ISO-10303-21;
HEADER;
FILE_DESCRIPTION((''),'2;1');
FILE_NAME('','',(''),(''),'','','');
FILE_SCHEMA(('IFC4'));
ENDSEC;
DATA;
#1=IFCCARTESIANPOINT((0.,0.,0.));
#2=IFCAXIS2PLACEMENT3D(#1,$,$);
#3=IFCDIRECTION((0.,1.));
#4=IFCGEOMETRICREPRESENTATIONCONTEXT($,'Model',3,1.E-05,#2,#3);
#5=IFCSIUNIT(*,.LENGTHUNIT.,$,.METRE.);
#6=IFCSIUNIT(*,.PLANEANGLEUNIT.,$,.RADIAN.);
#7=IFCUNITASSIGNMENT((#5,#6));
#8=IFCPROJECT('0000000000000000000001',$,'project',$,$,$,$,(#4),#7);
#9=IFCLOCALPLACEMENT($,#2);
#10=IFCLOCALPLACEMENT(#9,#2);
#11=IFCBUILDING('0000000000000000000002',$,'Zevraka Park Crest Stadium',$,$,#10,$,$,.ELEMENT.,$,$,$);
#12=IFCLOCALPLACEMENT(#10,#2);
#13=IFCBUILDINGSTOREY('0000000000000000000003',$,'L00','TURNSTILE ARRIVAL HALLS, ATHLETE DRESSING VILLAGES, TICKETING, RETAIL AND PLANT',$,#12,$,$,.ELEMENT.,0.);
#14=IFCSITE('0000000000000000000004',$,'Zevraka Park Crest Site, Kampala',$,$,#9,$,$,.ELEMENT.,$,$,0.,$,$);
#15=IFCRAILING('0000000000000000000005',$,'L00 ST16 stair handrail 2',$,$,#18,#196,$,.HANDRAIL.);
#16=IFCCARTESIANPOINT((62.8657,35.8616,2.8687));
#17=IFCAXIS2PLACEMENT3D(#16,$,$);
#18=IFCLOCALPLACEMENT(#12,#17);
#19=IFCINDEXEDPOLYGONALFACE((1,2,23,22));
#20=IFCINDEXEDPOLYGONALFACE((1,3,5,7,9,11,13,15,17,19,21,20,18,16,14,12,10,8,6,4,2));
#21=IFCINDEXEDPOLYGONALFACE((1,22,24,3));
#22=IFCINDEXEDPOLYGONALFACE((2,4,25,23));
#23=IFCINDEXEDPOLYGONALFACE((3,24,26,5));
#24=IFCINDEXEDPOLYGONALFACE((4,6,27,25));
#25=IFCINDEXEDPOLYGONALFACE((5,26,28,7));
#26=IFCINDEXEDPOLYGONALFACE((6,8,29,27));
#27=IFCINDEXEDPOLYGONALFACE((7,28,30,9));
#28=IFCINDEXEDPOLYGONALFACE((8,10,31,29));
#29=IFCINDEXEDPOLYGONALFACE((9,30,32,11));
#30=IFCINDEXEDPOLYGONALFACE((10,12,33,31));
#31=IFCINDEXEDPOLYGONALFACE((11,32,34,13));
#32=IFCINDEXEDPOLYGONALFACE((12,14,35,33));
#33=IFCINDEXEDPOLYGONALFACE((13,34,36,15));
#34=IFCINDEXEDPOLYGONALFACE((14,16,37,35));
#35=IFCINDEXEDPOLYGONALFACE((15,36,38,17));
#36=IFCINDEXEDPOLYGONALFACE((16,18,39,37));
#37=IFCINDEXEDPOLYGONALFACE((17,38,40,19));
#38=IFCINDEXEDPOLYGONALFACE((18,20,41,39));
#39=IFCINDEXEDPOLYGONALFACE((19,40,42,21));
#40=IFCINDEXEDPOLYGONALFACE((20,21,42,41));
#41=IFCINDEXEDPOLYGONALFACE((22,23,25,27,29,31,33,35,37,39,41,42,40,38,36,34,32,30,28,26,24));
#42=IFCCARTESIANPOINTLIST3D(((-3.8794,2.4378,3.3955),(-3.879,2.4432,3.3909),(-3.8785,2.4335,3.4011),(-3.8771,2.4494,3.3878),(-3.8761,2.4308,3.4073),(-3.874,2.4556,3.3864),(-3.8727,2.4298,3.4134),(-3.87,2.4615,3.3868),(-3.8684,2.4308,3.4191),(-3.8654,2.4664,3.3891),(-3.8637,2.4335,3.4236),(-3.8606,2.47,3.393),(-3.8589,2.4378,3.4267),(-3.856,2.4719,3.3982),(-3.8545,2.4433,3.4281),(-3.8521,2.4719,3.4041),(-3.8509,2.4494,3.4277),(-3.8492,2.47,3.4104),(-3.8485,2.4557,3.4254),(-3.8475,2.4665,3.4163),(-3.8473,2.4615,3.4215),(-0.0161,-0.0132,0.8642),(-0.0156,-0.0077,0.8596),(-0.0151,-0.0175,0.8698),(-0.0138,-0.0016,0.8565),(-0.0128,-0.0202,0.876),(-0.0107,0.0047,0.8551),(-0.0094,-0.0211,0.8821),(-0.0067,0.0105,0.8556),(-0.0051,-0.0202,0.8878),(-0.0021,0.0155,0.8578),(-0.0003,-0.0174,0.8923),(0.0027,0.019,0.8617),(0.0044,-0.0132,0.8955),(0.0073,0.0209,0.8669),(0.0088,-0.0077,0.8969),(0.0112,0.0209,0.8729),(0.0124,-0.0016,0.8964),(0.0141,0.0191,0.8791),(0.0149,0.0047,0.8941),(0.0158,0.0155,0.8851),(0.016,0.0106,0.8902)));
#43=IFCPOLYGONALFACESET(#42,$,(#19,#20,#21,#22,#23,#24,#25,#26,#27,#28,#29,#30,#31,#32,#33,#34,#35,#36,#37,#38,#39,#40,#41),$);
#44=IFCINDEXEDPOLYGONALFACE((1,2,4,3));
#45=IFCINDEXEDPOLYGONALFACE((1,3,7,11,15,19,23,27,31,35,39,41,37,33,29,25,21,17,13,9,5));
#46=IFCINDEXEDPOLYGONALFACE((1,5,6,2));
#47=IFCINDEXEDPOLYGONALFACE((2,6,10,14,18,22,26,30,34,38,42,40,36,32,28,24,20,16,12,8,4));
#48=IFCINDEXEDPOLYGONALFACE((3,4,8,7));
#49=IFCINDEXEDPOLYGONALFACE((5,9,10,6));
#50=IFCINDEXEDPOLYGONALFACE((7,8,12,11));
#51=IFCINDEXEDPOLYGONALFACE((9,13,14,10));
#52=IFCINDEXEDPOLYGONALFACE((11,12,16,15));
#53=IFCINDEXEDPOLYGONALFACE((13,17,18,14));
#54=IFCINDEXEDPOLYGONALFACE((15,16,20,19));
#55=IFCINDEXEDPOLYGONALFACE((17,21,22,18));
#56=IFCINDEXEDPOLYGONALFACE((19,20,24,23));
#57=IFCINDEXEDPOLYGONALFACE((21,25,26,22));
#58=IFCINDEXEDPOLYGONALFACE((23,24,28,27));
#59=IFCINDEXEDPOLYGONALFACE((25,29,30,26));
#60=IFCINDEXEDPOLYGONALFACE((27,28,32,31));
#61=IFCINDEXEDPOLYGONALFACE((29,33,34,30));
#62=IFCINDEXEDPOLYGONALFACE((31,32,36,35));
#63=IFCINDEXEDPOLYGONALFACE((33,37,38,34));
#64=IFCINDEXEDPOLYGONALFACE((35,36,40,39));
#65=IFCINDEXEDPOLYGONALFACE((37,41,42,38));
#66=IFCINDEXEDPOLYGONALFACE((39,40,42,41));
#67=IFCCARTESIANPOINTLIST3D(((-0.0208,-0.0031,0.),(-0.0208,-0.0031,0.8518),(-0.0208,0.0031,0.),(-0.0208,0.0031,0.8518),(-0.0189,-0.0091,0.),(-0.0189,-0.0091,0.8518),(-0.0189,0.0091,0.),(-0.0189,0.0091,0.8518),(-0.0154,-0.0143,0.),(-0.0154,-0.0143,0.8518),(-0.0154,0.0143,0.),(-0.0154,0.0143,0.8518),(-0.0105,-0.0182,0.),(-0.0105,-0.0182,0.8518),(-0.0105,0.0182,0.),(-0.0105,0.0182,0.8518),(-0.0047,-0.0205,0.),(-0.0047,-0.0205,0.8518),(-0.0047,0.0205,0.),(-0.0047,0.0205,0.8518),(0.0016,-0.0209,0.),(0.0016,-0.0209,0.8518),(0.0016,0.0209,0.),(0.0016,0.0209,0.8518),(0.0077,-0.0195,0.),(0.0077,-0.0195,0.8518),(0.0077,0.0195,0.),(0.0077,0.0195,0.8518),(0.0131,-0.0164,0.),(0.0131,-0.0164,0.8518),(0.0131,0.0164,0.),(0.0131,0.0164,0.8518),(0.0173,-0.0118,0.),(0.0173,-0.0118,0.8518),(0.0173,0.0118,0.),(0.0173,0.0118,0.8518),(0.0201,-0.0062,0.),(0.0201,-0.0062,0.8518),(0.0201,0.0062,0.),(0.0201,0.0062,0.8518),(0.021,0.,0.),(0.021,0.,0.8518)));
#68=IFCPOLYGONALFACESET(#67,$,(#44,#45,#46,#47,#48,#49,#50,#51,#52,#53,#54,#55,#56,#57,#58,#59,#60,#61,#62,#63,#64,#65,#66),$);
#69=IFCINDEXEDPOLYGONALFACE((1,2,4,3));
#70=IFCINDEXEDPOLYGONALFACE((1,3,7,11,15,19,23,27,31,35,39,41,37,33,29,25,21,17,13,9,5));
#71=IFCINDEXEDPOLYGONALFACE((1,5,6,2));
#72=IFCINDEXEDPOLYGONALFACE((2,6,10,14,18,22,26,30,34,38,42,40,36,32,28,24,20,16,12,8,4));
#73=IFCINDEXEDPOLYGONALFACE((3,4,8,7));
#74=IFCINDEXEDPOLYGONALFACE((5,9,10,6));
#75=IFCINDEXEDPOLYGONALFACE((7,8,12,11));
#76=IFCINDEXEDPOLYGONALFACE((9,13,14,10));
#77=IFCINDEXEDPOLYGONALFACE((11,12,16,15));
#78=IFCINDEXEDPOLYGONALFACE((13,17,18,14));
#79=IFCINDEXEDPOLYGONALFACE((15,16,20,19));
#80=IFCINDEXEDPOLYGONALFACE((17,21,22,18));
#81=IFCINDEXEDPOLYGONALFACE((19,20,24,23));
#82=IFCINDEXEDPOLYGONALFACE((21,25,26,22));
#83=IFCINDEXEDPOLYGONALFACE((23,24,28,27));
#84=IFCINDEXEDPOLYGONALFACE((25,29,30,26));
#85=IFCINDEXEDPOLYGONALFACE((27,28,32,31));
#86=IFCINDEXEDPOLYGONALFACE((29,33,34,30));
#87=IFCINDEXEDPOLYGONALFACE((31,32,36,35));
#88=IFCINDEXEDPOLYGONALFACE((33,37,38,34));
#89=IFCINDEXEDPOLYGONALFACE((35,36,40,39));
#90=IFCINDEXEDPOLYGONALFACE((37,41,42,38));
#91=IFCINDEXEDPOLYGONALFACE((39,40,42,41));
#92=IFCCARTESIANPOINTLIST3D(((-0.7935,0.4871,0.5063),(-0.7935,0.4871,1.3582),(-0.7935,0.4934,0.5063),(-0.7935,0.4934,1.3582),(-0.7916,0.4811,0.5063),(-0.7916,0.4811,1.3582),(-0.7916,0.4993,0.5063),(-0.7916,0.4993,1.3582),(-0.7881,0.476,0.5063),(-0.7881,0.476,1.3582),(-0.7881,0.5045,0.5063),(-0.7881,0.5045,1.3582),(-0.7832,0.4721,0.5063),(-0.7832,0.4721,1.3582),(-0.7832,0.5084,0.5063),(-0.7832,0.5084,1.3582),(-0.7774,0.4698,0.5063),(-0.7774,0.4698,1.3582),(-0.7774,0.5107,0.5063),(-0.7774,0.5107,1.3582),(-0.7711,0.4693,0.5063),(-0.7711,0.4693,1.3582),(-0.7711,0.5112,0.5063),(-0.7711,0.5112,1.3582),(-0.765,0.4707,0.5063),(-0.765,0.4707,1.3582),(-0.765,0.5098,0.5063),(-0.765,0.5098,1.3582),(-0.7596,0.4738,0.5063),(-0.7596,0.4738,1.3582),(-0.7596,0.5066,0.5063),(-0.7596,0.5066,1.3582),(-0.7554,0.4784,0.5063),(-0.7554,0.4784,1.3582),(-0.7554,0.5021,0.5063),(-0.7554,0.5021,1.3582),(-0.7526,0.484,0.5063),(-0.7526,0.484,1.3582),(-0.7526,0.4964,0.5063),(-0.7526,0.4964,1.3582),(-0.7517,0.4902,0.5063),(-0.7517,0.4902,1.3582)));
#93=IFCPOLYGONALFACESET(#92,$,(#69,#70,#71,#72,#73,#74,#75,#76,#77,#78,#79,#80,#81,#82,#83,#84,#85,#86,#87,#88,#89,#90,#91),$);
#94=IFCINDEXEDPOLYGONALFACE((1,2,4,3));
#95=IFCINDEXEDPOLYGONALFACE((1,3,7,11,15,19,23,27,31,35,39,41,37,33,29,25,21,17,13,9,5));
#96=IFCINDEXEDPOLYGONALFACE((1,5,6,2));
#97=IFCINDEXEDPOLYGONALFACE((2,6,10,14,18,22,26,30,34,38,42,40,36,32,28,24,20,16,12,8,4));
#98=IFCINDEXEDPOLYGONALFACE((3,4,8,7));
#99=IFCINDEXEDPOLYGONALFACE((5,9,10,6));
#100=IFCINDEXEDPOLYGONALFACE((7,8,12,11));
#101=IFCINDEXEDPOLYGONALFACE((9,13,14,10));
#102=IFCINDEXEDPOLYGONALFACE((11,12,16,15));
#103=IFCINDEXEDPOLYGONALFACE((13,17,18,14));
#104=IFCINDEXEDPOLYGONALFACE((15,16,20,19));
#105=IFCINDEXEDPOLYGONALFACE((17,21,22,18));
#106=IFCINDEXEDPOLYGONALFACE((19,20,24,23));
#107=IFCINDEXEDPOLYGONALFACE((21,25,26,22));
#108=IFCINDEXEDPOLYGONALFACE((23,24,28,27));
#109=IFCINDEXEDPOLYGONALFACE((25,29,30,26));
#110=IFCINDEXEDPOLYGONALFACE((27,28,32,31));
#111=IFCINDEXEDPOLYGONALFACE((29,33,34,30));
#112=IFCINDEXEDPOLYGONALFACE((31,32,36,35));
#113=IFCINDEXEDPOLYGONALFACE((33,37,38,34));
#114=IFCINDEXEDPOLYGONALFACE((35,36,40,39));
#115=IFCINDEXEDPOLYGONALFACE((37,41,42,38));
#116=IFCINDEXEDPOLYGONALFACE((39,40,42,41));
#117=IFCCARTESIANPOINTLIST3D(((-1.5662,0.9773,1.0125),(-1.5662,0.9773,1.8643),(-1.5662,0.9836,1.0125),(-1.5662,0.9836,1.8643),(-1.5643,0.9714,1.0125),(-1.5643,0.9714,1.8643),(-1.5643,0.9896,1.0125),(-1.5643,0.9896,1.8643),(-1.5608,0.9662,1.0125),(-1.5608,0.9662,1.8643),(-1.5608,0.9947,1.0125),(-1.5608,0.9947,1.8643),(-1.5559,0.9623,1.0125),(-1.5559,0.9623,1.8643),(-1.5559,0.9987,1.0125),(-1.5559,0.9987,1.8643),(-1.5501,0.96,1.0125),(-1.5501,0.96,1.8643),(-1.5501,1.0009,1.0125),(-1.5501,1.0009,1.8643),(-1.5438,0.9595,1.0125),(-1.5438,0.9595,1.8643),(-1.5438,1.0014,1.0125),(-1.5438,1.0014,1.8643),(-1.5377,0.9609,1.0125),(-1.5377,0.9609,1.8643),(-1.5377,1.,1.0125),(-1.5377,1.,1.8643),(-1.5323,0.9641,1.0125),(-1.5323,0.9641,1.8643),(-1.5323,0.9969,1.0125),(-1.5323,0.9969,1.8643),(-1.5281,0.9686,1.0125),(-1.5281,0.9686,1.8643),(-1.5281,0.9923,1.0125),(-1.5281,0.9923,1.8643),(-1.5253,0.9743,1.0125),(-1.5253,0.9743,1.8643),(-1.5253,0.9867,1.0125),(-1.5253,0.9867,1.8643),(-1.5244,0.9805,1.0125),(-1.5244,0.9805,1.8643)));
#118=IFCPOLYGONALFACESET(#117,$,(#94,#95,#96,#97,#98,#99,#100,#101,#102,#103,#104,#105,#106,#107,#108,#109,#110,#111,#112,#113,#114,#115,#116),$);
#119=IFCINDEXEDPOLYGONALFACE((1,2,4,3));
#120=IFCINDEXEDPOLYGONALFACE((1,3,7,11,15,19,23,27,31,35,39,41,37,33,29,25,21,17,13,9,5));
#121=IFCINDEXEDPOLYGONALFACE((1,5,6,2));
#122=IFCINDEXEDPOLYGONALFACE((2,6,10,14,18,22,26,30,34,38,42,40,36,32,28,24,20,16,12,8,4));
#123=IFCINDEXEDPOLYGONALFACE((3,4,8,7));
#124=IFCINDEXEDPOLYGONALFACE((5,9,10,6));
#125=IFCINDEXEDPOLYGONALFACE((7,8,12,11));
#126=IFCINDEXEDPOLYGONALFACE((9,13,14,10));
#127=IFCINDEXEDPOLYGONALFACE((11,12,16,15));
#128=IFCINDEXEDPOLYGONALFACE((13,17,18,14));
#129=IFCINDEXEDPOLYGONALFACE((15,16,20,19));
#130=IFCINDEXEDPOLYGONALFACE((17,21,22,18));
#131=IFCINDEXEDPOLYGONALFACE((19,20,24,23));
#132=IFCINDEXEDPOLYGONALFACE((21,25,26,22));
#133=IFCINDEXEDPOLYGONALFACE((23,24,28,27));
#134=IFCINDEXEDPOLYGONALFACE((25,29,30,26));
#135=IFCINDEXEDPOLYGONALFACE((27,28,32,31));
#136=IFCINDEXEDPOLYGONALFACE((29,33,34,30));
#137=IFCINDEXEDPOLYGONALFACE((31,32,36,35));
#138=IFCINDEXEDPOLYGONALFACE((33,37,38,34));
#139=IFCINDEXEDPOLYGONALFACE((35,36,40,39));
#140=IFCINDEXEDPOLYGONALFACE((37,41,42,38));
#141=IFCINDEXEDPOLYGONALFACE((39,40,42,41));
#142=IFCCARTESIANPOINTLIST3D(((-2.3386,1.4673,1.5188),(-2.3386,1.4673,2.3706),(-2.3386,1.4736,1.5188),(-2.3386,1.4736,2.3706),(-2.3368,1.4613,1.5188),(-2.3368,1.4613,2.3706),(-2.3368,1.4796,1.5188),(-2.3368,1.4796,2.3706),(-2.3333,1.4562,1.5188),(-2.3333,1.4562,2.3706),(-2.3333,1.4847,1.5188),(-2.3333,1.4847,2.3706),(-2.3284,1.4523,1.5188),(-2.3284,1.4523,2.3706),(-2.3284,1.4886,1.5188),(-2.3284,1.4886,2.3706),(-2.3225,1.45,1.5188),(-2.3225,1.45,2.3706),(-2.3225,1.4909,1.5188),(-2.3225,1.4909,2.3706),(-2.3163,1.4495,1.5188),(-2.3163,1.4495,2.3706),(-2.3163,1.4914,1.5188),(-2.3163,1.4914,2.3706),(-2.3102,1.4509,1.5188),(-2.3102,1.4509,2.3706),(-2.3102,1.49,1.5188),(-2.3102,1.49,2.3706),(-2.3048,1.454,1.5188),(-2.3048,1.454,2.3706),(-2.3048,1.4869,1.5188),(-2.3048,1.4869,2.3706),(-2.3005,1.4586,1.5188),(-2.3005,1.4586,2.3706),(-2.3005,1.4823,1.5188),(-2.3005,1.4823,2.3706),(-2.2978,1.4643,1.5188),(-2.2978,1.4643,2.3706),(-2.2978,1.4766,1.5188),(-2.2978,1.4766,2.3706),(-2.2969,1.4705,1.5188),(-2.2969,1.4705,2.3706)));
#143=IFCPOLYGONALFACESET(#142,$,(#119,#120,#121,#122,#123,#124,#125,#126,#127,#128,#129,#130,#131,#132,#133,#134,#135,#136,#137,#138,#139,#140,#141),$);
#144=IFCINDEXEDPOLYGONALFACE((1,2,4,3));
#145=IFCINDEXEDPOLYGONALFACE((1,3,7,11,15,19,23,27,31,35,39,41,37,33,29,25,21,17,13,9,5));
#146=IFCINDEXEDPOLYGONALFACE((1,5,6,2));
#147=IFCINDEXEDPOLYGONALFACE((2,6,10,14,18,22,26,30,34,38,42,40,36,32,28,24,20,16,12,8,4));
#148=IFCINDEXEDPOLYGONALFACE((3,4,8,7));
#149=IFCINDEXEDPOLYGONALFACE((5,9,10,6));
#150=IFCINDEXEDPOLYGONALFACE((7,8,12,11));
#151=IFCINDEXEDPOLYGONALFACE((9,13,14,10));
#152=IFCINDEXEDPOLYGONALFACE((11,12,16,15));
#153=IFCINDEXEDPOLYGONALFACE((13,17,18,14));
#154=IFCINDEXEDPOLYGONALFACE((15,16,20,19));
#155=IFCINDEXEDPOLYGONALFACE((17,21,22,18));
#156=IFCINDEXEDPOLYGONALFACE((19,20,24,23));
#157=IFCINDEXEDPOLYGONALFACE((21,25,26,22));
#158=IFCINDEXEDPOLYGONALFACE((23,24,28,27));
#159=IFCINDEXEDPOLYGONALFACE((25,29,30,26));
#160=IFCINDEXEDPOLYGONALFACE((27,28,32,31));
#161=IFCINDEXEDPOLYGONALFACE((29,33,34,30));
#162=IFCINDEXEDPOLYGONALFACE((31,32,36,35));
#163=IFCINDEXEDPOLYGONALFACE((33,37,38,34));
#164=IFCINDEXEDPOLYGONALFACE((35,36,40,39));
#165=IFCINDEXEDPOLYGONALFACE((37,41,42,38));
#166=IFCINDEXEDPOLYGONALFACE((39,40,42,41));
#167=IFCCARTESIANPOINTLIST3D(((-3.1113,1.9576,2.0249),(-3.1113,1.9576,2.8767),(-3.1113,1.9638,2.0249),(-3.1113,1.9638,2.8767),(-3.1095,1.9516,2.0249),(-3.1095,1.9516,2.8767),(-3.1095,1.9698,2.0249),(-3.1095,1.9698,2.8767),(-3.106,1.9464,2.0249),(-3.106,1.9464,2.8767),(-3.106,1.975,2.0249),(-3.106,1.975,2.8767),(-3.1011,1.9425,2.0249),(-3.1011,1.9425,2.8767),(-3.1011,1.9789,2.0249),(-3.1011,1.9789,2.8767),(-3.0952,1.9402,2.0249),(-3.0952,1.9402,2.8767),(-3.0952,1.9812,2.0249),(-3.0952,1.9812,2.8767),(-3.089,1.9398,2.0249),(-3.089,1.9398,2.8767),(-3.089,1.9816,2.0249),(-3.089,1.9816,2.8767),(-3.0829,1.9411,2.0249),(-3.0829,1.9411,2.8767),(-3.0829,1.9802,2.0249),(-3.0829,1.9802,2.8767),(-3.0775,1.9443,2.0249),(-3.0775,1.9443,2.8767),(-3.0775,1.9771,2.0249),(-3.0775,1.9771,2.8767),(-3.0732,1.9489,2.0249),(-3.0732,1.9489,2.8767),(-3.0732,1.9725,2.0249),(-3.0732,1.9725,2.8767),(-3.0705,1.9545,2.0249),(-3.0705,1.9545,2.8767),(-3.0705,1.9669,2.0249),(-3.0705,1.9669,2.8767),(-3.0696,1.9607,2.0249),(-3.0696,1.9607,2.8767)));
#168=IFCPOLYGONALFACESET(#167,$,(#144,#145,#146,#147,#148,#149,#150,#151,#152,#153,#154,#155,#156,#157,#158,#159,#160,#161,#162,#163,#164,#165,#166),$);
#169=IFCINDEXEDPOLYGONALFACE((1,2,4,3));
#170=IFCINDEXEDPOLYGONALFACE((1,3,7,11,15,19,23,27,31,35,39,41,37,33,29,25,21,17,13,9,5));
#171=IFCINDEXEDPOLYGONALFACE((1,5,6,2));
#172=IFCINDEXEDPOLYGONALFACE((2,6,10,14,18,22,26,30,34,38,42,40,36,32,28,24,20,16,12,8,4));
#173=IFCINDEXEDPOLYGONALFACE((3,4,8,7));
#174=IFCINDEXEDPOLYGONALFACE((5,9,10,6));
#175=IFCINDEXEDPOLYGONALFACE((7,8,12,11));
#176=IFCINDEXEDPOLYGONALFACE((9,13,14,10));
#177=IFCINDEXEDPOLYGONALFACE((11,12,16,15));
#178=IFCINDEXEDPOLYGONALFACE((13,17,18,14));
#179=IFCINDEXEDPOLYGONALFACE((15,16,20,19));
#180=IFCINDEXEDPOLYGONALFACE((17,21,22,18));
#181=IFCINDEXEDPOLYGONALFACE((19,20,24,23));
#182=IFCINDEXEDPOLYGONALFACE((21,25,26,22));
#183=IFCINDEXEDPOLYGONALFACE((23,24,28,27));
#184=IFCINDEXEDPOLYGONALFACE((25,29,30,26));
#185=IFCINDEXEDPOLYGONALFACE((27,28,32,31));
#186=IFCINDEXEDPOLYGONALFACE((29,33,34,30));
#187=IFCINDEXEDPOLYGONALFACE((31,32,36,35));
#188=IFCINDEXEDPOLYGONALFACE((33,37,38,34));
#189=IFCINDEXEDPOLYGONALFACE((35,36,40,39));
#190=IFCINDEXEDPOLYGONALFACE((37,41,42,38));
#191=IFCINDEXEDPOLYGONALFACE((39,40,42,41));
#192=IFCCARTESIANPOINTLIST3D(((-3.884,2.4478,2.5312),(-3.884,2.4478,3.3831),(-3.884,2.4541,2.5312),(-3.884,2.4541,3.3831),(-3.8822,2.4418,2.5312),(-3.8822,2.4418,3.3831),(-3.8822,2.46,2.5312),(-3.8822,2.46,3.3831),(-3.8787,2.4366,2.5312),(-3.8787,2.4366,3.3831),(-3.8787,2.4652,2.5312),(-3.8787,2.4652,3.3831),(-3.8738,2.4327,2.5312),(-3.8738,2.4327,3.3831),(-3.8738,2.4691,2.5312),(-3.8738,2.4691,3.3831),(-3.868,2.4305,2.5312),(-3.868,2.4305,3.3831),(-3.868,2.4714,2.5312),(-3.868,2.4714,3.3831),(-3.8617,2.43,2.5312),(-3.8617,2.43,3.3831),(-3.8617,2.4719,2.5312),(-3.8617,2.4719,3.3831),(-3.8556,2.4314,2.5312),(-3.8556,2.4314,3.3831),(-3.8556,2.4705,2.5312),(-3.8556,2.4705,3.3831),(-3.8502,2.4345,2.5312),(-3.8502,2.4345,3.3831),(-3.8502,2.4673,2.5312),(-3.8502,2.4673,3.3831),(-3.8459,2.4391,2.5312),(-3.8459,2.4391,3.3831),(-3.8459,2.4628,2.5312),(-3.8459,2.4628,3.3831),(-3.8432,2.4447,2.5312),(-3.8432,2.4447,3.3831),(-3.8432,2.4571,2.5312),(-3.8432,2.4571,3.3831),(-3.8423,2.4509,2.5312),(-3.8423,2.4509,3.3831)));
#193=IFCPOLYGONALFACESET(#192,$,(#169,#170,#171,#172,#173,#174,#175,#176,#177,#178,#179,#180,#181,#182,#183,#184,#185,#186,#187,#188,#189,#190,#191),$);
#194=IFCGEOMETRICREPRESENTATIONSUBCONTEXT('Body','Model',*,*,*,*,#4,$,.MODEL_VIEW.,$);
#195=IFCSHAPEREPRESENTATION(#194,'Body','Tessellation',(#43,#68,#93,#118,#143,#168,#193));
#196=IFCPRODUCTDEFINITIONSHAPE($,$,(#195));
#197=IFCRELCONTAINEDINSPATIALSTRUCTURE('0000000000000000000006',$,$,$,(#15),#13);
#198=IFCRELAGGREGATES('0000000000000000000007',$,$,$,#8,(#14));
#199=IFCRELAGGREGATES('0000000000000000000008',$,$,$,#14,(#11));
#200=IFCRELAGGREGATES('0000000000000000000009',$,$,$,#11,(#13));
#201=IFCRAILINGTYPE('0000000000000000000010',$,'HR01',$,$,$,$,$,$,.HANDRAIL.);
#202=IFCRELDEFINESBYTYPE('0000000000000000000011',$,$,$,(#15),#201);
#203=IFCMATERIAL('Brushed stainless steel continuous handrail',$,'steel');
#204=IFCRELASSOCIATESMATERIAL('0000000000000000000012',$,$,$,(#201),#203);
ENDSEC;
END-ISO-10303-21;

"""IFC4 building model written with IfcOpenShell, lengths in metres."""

from ifc_helpers import new_model, si_unit, direction, frame, origin, origin_2d, place, context, subcontext, project, spatial, circle, extrude, material, type_object, element, save


model = new_model("IFC4")

# Units and contexts
model_context = context("Model", 3, precision=1e-05, world=origin(), true_north=direction((0.0, 1.0)))
body_context = subcontext(model_context, "Body", "Model", "MODEL_VIEW")
ifc_project = project(units=[si_unit("LENGTHUNIT", "METRE"), si_unit("PLANEANGLEUNIT", "RADIAN")], contexts=[model_context])

# Site, building, storey
site_placement = place(None, origin())
site = spatial("IfcSite", under=ifc_project, at=site_placement, Name="Zevraka Park Crest Site, Kampala", CompositionType="ELEMENT", RefElevation=0.0)
building_placement = place(site_placement, origin())
building = spatial("IfcBuilding", under=site, at=building_placement, Name="Zevraka Park Crest Stadium", CompositionType="ELEMENT")
storey_placement = place(building_placement, origin())
storey = spatial("IfcBuildingStorey", under=building, at=storey_placement, Name="L00", Description="TURNSTILE ARRIVAL HALLS, ATHLETE DRESSING VILLAGES, TICKETING, RETAIL AND PLANT", CompositionType="ELEMENT", Elevation=0.0)

# Railing
ifc_material_1 = material(Name="Brushed stainless steel continuous handrail", Category="steel")
railing_type_1 = type_object("IfcRailingType", Name="HR01", PredefinedType="HANDRAIL", material=ifc_material_1)
railing_1_placement = place(storey_placement, frame((62.8657, 35.8616, 2.8687)))
element("IfcRailing", 1, at=railing_1_placement, inside=storey, type_object=railing_type_1, Name="L00 ST16 stair handrail 2", PredefinedType="HANDRAIL", context=body_context, shape_type="SweptSolid", body=[
    extrude(circle(Radius=0.0239, at=origin_2d()), frame((0.0, 0.0, 0.876), z_axis=(-0.738862, 0.468746, 0.484108), x_axis=(-0.535704, -0.844406, 0.0)), (0.0, 0.0, 1.0), 5.2288),
    extrude(circle(Radius=0.021, at=origin_2d()), origin(), (0.0, 0.0, 1.0), 0.8518),
    extrude(circle(Radius=0.021, at=origin_2d()), frame((-0.7727, 0.4902, 0.5063)), (0.0, 0.0, 1.0), 0.8518),
    extrude(circle(Radius=0.021, at=origin_2d()), frame((-1.5454, 0.9805, 1.0125)), (0.0, 0.0, 1.0), 0.8518),
    extrude(circle(Radius=0.021, at=origin_2d()), frame((-2.3179, 1.4705, 1.5188)), (0.0, 0.0, 1.0), 0.8518),
    extrude(circle(Radius=0.021, at=origin_2d()), frame((-3.0906, 1.9607, 2.0249)), (0.0, 0.0, 1.0), 0.8518),
    extrude(circle(Radius=0.021, at=origin_2d()), frame((-3.8633, 2.4509, 2.5312)), (0.0, 0.0, 1.0), 0.8518),
])

save(model, "model.ifc")
